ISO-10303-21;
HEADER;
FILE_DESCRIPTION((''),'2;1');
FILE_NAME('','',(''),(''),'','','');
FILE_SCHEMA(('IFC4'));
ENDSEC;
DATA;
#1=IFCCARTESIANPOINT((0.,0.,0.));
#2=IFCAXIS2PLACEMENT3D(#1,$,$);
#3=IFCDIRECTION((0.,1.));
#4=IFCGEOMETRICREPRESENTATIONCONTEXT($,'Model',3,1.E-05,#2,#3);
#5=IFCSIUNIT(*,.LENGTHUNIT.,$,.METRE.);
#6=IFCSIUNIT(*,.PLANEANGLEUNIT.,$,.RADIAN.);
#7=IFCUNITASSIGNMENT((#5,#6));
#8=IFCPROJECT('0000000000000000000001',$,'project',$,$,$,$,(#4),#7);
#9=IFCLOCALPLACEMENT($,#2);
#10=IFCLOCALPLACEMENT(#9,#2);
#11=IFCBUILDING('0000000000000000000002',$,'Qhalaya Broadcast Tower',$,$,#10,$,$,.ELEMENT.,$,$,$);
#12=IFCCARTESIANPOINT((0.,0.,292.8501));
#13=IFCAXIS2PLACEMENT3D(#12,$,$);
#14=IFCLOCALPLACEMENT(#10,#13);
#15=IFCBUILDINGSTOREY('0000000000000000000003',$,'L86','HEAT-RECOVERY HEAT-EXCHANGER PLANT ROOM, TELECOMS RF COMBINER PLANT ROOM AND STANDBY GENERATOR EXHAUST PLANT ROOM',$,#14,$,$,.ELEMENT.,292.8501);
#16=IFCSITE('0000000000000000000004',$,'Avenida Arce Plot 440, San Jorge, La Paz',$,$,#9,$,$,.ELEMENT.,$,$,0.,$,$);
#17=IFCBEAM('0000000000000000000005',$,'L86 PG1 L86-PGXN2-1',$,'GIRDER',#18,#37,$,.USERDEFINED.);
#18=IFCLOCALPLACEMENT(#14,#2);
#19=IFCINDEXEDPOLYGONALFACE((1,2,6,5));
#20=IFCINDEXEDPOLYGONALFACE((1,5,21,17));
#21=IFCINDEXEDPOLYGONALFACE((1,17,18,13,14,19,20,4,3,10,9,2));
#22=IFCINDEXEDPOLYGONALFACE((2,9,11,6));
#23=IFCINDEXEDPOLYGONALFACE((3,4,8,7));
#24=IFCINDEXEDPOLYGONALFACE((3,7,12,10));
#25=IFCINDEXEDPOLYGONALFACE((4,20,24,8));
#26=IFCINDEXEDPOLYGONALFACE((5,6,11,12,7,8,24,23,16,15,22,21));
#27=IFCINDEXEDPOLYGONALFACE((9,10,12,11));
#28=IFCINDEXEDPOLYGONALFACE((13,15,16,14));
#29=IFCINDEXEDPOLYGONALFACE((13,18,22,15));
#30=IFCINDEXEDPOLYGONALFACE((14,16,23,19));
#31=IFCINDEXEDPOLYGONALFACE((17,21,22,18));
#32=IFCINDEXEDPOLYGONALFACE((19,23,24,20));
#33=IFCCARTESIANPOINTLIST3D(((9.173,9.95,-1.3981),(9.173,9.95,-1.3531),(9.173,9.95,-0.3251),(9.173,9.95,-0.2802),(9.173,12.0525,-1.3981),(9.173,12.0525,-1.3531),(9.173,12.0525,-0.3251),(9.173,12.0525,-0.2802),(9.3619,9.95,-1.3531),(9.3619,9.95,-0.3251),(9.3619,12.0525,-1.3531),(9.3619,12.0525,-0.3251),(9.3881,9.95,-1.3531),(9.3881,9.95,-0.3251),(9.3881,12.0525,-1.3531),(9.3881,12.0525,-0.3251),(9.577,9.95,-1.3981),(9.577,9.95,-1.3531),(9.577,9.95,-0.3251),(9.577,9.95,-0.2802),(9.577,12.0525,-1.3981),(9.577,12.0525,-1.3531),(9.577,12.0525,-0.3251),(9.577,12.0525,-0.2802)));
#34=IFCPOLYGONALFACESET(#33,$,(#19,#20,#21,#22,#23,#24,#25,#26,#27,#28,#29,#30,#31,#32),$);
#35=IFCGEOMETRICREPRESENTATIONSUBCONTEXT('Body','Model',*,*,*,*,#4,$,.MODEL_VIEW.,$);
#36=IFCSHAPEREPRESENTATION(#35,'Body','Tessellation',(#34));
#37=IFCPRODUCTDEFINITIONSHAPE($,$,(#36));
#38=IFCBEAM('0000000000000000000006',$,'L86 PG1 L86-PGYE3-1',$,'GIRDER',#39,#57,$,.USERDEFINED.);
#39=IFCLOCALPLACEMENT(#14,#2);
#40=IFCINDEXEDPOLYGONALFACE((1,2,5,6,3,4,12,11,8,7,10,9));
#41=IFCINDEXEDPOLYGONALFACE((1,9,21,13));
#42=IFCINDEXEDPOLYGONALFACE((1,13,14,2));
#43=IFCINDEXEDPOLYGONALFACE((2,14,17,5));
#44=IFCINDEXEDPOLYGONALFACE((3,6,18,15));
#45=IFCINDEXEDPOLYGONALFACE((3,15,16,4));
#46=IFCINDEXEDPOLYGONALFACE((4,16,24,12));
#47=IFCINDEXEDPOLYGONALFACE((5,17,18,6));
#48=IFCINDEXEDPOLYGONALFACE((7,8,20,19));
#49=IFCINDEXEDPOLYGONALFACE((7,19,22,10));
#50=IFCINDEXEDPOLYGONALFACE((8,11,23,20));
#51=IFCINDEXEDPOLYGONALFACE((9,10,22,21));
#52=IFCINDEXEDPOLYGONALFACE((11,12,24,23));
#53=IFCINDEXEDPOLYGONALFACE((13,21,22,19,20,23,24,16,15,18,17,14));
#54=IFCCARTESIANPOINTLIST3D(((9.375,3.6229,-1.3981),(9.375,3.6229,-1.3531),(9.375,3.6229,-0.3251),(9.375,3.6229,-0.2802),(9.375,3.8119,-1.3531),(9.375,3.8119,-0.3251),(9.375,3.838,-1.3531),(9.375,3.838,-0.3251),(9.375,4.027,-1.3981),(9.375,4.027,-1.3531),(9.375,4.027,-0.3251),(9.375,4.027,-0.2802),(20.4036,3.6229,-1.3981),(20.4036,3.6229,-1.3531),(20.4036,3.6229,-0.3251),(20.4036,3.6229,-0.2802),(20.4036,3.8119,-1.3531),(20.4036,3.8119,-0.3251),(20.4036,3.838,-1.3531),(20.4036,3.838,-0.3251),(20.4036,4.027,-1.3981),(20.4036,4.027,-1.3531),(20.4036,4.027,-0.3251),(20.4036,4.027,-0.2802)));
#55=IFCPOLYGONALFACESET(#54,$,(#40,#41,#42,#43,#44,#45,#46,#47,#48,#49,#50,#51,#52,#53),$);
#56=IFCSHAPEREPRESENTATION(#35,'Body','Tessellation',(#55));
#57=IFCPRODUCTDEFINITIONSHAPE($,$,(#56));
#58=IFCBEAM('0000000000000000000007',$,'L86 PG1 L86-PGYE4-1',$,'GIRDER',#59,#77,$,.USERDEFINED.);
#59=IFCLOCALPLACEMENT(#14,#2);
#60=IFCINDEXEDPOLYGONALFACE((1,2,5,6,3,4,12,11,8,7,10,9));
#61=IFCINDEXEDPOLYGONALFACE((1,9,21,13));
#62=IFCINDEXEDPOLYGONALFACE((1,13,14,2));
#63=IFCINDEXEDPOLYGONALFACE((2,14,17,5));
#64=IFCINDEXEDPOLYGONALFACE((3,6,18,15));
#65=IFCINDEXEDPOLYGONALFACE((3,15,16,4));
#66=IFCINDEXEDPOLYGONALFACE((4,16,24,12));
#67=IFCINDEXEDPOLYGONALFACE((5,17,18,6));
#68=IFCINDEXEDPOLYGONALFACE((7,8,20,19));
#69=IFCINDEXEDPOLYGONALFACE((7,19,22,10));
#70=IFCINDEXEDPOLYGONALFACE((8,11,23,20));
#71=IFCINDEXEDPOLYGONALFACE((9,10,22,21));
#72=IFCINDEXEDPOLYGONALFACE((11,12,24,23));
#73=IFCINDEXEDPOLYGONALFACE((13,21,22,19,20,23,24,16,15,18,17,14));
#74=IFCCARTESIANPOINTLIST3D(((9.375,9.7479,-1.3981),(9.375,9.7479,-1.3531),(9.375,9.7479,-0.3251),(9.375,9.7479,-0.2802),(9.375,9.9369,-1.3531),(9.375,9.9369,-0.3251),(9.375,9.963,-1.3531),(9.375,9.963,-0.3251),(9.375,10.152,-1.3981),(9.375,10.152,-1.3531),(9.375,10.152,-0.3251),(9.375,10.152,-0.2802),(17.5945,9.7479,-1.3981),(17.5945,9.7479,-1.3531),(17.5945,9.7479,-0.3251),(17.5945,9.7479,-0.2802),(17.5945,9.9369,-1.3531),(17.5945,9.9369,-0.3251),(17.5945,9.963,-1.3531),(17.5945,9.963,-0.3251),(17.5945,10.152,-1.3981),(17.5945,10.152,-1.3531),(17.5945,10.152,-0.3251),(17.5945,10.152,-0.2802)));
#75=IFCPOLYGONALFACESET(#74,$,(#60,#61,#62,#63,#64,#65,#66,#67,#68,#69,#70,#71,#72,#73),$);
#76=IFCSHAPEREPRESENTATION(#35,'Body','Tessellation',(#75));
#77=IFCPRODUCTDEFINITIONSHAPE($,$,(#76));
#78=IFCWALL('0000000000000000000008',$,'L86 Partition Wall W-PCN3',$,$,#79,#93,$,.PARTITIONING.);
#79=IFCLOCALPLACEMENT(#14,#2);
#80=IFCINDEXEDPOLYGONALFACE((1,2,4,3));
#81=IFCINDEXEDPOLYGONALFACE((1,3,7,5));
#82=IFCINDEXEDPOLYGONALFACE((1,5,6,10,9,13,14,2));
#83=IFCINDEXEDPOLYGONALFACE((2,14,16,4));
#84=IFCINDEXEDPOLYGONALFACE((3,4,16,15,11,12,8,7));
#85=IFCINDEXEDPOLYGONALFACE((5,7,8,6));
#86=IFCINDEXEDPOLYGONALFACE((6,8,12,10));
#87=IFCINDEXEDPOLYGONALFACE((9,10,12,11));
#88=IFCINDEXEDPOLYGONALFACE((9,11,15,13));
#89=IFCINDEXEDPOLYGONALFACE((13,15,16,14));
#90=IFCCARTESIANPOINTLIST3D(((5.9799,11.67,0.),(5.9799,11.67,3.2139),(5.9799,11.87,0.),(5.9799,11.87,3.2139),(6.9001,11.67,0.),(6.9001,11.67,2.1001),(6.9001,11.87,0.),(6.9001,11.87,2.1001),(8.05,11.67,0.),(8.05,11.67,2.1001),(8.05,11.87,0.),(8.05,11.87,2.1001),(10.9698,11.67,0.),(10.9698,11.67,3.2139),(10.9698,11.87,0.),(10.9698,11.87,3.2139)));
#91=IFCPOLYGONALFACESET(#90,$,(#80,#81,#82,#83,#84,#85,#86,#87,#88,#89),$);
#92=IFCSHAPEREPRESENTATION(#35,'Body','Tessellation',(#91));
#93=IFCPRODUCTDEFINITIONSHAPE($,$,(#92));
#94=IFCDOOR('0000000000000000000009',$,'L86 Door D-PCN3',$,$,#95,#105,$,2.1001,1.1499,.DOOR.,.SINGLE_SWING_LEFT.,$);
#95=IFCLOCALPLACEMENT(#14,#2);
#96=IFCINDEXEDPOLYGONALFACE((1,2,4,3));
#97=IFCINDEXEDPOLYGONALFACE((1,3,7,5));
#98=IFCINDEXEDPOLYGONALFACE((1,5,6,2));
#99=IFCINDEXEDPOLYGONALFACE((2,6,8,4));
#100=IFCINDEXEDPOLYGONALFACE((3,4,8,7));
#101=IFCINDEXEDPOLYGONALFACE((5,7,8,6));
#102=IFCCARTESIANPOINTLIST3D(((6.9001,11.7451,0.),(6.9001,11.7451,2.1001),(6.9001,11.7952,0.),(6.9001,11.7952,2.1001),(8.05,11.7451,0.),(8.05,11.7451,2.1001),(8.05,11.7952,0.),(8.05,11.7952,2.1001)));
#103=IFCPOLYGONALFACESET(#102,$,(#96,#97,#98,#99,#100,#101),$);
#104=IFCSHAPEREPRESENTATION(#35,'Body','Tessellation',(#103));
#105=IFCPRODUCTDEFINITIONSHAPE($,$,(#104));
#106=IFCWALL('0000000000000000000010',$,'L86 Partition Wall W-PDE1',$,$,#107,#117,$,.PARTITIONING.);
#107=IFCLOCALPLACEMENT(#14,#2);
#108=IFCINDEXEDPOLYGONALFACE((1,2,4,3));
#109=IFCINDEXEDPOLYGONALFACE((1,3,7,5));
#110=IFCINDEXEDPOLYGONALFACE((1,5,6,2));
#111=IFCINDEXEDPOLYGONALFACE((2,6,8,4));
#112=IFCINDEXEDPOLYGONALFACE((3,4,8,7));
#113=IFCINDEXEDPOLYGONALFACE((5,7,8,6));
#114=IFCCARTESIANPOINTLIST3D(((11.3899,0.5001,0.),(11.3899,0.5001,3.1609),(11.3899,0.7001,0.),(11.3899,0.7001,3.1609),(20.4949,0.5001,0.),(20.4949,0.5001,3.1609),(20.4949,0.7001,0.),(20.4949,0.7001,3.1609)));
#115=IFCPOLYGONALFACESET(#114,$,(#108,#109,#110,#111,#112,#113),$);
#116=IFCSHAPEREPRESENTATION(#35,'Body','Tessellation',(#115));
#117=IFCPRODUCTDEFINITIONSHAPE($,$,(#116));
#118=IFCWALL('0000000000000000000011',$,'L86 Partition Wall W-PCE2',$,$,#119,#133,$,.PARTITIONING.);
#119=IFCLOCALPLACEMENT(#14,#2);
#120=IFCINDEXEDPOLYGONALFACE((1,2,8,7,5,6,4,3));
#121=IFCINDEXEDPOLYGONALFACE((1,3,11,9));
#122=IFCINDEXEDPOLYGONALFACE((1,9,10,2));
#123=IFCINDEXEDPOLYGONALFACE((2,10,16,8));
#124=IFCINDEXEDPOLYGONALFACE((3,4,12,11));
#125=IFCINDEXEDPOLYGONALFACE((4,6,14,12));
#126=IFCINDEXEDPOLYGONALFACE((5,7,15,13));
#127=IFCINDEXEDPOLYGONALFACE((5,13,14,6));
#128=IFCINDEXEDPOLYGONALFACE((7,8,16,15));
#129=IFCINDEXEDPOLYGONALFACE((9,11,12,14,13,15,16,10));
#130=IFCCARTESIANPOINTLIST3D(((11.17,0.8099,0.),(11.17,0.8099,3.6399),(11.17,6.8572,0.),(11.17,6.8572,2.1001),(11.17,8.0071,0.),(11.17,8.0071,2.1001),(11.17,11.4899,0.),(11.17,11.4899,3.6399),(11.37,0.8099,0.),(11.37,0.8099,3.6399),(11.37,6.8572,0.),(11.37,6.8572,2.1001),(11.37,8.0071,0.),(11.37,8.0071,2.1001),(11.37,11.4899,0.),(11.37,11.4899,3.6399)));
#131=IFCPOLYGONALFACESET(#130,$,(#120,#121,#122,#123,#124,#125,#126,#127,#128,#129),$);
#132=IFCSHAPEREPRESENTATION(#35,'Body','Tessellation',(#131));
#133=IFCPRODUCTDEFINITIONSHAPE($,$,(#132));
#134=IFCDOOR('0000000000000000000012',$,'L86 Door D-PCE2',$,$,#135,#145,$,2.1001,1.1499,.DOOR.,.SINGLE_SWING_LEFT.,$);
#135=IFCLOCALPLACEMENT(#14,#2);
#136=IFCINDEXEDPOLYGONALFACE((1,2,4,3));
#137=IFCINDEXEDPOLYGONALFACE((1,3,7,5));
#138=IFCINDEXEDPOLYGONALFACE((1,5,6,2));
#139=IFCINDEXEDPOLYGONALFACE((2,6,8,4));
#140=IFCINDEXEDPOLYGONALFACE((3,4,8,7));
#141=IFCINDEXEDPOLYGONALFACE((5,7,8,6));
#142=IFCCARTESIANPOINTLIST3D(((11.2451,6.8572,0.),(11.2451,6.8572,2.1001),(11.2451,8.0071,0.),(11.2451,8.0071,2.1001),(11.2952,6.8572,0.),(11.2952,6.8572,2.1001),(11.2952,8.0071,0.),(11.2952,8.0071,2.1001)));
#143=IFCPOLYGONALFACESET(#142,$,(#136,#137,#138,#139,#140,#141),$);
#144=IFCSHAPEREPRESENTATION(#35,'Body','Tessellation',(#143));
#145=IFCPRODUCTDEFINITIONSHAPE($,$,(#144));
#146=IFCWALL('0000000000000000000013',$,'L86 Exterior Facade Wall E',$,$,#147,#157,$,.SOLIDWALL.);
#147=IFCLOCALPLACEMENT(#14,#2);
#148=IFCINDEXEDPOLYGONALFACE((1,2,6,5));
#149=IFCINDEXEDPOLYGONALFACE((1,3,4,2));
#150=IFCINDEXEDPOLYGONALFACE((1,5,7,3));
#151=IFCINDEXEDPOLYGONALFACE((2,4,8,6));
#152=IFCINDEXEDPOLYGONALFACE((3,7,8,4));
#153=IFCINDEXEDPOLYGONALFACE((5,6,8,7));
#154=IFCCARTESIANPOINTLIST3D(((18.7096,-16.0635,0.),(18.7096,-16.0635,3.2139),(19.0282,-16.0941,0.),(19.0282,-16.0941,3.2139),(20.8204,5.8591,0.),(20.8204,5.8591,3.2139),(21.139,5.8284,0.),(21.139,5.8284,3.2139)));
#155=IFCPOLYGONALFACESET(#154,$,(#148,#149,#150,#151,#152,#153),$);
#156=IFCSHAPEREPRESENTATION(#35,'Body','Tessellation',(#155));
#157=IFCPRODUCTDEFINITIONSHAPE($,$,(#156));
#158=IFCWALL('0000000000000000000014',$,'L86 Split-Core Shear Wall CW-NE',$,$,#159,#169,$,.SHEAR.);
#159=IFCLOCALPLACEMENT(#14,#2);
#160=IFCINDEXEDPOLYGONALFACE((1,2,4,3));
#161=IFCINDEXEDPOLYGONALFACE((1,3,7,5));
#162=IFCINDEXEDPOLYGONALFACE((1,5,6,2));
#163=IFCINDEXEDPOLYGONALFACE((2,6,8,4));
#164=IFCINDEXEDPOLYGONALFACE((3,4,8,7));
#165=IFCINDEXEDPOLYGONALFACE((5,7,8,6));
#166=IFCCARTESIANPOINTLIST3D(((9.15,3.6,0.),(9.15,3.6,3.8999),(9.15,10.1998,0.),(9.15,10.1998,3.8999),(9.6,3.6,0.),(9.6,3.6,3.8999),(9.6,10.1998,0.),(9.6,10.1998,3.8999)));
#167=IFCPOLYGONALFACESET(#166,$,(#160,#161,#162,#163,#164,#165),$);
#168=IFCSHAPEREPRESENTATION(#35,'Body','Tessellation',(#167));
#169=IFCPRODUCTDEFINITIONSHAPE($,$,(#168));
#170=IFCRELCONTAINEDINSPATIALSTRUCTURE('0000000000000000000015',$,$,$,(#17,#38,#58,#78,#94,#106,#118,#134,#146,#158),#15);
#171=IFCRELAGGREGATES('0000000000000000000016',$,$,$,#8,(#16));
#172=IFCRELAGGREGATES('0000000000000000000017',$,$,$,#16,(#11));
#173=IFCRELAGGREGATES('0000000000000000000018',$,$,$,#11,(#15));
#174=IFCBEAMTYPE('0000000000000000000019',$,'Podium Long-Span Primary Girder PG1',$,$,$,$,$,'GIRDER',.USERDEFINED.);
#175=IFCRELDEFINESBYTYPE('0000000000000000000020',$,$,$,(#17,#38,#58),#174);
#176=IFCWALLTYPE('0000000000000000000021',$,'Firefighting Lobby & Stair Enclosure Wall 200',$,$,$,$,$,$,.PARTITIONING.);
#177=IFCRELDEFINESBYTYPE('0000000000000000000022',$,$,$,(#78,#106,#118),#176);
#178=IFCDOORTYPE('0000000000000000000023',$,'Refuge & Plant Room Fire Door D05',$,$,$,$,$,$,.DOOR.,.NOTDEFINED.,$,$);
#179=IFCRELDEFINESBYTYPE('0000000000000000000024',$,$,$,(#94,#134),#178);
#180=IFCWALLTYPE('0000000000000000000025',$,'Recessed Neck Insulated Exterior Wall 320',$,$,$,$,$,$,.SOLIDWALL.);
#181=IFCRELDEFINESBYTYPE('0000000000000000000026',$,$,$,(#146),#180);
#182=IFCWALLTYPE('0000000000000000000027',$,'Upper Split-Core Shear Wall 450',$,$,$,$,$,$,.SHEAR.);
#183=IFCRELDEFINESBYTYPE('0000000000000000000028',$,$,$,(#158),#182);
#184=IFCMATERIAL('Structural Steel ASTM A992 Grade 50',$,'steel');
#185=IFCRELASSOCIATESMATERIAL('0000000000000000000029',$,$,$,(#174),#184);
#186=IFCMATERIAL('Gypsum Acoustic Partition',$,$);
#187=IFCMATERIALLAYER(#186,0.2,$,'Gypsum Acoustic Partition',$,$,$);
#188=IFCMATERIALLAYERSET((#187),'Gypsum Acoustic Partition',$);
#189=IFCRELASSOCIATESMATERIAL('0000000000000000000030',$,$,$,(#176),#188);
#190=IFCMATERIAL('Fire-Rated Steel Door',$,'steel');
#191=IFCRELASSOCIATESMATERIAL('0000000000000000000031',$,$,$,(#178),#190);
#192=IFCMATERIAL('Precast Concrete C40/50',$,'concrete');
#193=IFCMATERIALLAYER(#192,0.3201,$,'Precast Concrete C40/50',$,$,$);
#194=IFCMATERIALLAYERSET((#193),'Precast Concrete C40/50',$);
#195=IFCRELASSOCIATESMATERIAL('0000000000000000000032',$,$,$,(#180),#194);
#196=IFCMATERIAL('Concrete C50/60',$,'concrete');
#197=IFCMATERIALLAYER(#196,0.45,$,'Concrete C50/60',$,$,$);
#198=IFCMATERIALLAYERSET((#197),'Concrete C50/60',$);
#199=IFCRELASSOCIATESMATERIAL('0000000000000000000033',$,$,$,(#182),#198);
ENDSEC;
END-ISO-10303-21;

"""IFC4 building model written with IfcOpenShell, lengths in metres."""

from ifc_helpers import new_model, si_unit, direction, frame, frame_2d, origin, origin_2d, place, context, subcontext, project, spatial, rectangle, i_section, extrude, material, layer, layer_set, material_profile, profile_set, type_object, element, fill, save


model = new_model("IFC4")

# Units and contexts
model_context = context("Model", 3, precision=1e-05, world=origin(), true_north=direction((0.0, 1.0)))
body_context = subcontext(model_context, "Body", "Model", "MODEL_VIEW")
ifc_project = project(units=[si_unit("LENGTHUNIT", "METRE"), si_unit("PLANEANGLEUNIT", "RADIAN")], contexts=[model_context])

# Site, building, storey
site_placement = place(None, origin())
site = spatial("IfcSite", under=ifc_project, at=site_placement, Name="Avenida Arce Plot 440, San Jorge, La Paz", CompositionType="ELEMENT", RefElevation=0.0)
building_placement = place(site_placement, origin())
building = spatial("IfcBuilding", under=site, at=building_placement, Name="Qhalaya Broadcast Tower", CompositionType="ELEMENT")
storey_placement = place(building_placement, frame((0.0, 0.0, 292.8501)))
storey = spatial("IfcBuildingStorey", under=building, at=storey_placement, Name="L86", Description="HEAT-RECOVERY HEAT-EXCHANGER PLANT ROOM, TELECOMS RF COMBINER PLANT ROOM AND STANDBY GENERATOR EXHAUST PLANT ROOM", CompositionType="ELEMENT", Elevation=292.8501)

# Shared definitions
ifc_material_1 = material(Name="Concrete C50/60", Category="concrete")

# Beams
ifc_material_2 = material(Name="Structural Steel ASTM A992 Grade 50", Category="steel")
ifc_material_profile_1 = material_profile(ifc_material_2, i_section(OverallWidth=0.4041, OverallDepth=1.1179, WebThickness=0.0261, FlangeThickness=0.0449, at=origin_2d()), Name="W44X335")
ifc_profile_set_1 = profile_set([ifc_material_profile_1], Name="Structural Steel ASTM A992 Grade 50")
beam_type_1 = type_object("IfcBeamType", Name="Podium Long-Span Primary Girder PG1", ElementType="GIRDER", PredefinedType="USERDEFINED", material=ifc_profile_set_1)
beam_1_placement = place(storey_placement, frame((9.375, 9.95, -0.8391), z_axis=(0.0, 1.0, 0.0), x_axis=(-1.0, 0.0, 0.0)))
element("IfcBeam", 1, at=beam_1_placement, inside=storey, type_object=beam_type_1, Name="L86 PG1 L86-PGXN2-1", ObjectType="GIRDER", PredefinedType="USERDEFINED", context=body_context, shape_type="SweptSolid", body=[
    extrude(i_section(OverallWidth=0.4041, OverallDepth=1.1179, WebThickness=0.0261, FlangeThickness=0.0449, at=origin_2d()), origin(), (0.0, 0.0, 1.0), 2.1025),
])
beam_2_placement = place(storey_placement, frame((9.375, 3.825, -0.8391), z_axis=(1.0, 0.0, 0.0), x_axis=(0.0, 1.0, 0.0)))
element("IfcBeam", 2, at=beam_2_placement, inside=storey, type_object=beam_type_1, Name="L86 PG1 L86-PGYE3-1", ObjectType="GIRDER", PredefinedType="USERDEFINED", context=body_context, shape_type="SweptSolid", body=[
    extrude(i_section(OverallWidth=0.4041, OverallDepth=1.1179, WebThickness=0.0261, FlangeThickness=0.0449, at=origin_2d()), origin(), (0.0, 0.0, 1.0), 11.0286),
])
beam_3_placement = place(storey_placement, frame((9.375, 9.95, -0.8391), z_axis=(1.0, 0.0, 0.0), x_axis=(0.0, 1.0, 0.0)))
element("IfcBeam", 3, at=beam_3_placement, inside=storey, type_object=beam_type_1, Name="L86 PG1 L86-PGYE4-1", ObjectType="GIRDER", PredefinedType="USERDEFINED", context=body_context, shape_type="SweptSolid", body=[
    extrude(i_section(OverallWidth=0.4041, OverallDepth=1.1179, WebThickness=0.0261, FlangeThickness=0.0449, at=origin_2d()), origin(), (0.0, 0.0, 1.0), 8.2195),
])

# Wall, opening, door
ifc_material_3 = material(Name="Gypsum Acoustic Partition")
ifc_layer_1 = layer(ifc_material_3, 0.2, Name="Gypsum Acoustic Partition")
ifc_layer_set_1 = layer_set([ifc_layer_1], Name="Gypsum Acoustic Partition")
wall_type_1 = type_object("IfcWallType", Name="Firefighting Lobby & Stair Enclosure Wall 200", PredefinedType="PARTITIONING", material=ifc_layer_set_1)
wall_1_placement = place(storey_placement, frame((10.97, 11.77, 0.0), z_axis=(0.0, 0.0, 1.0), x_axis=(-1.0, 0.0, 0.0)))
wall_1 = element("IfcWall", 4, at=wall_1_placement, inside=storey, type_object=wall_type_1, Name="L86 Partition Wall W-PCN3", PredefinedType="PARTITIONING", context=body_context, shape_type="SweptSolid", body=[
    extrude(rectangle(XDim=4.99, YDim=0.2, at=frame_2d((2.4951, 0.0))), origin(), (0.0, 0.0, 1.0), 3.2139),
])
opening_1_placement = place(wall_1_placement, frame((2.9199, 0.0, 0.0)))
opening_1 = element("IfcOpeningElement", 5, at=opening_1_placement, cuts=wall_1, PredefinedType="OPENING", context=body_context, shape_type="SweptSolid", body=[
    extrude(rectangle(XDim=1.1499, YDim=2.1001, at=frame_2d((0.575, 1.05))), frame((0.0, 0.1121, 0.0), z_axis=(0.0, -1.0, 0.0), x_axis=(1.0, 0.0, 0.0)), (0.0, 0.0, 1.0), 0.2239),
])
ifc_material_4 = material(Name="Fire-Rated Steel Door", Category="steel")
door_type = type_object("IfcDoorType", Name="Refuge & Plant Room Fire Door D05", OperationType="NOTDEFINED", PredefinedType="DOOR", material=ifc_material_4)
door_1_placement = place(opening_1_placement, origin())
door_1 = element("IfcDoor", 6, at=door_1_placement, inside=storey, type_object=door_type, Name="L86 Door D-PCN3", OperationType="SINGLE_SWING_LEFT", OverallHeight=2.1001, OverallWidth=1.1499, PredefinedType="DOOR", context=body_context, shape_type="SweptSolid", body=[
    extrude(rectangle(XDim=1.1499, YDim=2.1001, at=frame_2d((0.575, 1.05))), frame((0.0, 0.0249, 0.0), z_axis=(0.0, -1.0, 0.0), x_axis=(1.0, 0.0, 0.0)), (0.0, 0.0, 1.0), 0.05),
])
fill(opening_1, door_1)

# Wall
wall_2_placement = place(storey_placement, frame((11.3899, 0.6001, 0.0), z_axis=(0.0, 0.0, 1.0), x_axis=(1.0, 0.0, 0.0)))
element("IfcWall", 7, at=wall_2_placement, inside=storey, type_object=wall_type_1, Name="L86 Partition Wall W-PDE1", PredefinedType="PARTITIONING", context=body_context, shape_type="SweptSolid", body=[
    extrude(rectangle(XDim=9.105, YDim=0.2, at=frame_2d((4.5525, 0.0))), origin(), (0.0, 0.0, 1.0), 3.1609),
])

# Wall, opening, door
wall_3_placement = place(storey_placement, frame((11.27, 0.8101, 0.0), z_axis=(0.0, 0.0, 1.0), x_axis=(0.0, 1.0, 0.0)))
wall_3 = element("IfcWall", 8, at=wall_3_placement, inside=storey, type_object=wall_type_1, Name="L86 Partition Wall W-PCE2", PredefinedType="PARTITIONING", context=body_context, shape_type="SweptSolid", body=[
    extrude(rectangle(XDim=10.6799, YDim=0.2, at=frame_2d((5.3398, 0.0))), origin(), (0.0, 0.0, 1.0), 3.6399),
])
opening_2_placement = place(wall_3_placement, frame((6.0471, 0.0, 0.0)))
opening_2 = element("IfcOpeningElement", 9, at=opening_2_placement, cuts=wall_3, PredefinedType="OPENING", context=body_context, shape_type="SweptSolid", body=[
    extrude(rectangle(XDim=1.1499, YDim=2.1001, at=frame_2d((0.575, 1.05))), frame((0.0, 0.1121, 0.0), z_axis=(0.0, -1.0, 0.0), x_axis=(1.0, 0.0, 0.0)), (0.0, 0.0, 1.0), 0.2239),
])
door_2_placement = place(opening_2_placement, origin())
door_2 = element("IfcDoor", 10, at=door_2_placement, inside=storey, type_object=door_type, Name="L86 Door D-PCE2", OperationType="SINGLE_SWING_LEFT", OverallHeight=2.1001, OverallWidth=1.1499, PredefinedType="DOOR", context=body_context, shape_type="SweptSolid", body=[
    extrude(rectangle(XDim=1.1499, YDim=2.1001, at=frame_2d((0.575, 1.05))), frame((0.0, 0.0249, 0.0), z_axis=(0.0, -1.0, 0.0), x_axis=(1.0, 0.0, 0.0)), (0.0, 0.0, 1.0), 0.05),
])
fill(opening_2, door_2)

# Walls
ifc_material_5 = material(Name="Precast Concrete C40/50", Category="concrete")
ifc_layer_2 = layer(ifc_material_5, 0.3201, Name="Precast Concrete C40/50")
ifc_layer_set_2 = layer_set([ifc_layer_2], Name="Precast Concrete C40/50")
wall_type_2 = type_object("IfcWallType", Name="Recessed Neck Insulated Exterior Wall 320", PredefinedType="SOLIDWALL", material=ifc_layer_set_2)
wall_4_placement = place(storey_placement, frame((20.9797, 5.8438, 0.0), z_axis=(0.0, 0.0, 1.0), x_axis=(-0.095843, -0.995396, 0.0)))
element("IfcWall", 11, at=wall_4_placement, inside=storey, type_object=wall_type_2, Name="L86 Exterior Facade Wall E", PredefinedType="SOLIDWALL", context=body_context, shape_type="SweptSolid", body=[
    extrude(rectangle(XDim=22.0239, YDim=0.3201, at=frame_2d((11.012, 0.0))), origin(), (0.0, 0.0, 1.0), 3.2139),
])
ifc_layer_3 = layer(ifc_material_1, 0.45, Name="Concrete C50/60")
ifc_layer_set_3 = layer_set([ifc_layer_3], Name="Concrete C50/60")
wall_type_3 = type_object("IfcWallType", Name="Upper Split-Core Shear Wall 450", PredefinedType="SHEAR", material=ifc_layer_set_3)
wall_5_placement = place(storey_placement, frame((9.375, 3.6001, 0.0), z_axis=(0.0, 0.0, 1.0), x_axis=(0.0, 1.0, 0.0)))
element("IfcWall", 12, at=wall_5_placement, inside=storey, type_object=wall_type_3, Name="L86 Split-Core Shear Wall CW-NE", PredefinedType="SHEAR", context=body_context, shape_type="SweptSolid", body=[
    extrude(rectangle(XDim=6.5999, YDim=0.45, at=frame_2d((3.2998, 0.0))), origin(), (0.0, 0.0, 1.0), 3.8999),
])

save(model, "model.ifc")
